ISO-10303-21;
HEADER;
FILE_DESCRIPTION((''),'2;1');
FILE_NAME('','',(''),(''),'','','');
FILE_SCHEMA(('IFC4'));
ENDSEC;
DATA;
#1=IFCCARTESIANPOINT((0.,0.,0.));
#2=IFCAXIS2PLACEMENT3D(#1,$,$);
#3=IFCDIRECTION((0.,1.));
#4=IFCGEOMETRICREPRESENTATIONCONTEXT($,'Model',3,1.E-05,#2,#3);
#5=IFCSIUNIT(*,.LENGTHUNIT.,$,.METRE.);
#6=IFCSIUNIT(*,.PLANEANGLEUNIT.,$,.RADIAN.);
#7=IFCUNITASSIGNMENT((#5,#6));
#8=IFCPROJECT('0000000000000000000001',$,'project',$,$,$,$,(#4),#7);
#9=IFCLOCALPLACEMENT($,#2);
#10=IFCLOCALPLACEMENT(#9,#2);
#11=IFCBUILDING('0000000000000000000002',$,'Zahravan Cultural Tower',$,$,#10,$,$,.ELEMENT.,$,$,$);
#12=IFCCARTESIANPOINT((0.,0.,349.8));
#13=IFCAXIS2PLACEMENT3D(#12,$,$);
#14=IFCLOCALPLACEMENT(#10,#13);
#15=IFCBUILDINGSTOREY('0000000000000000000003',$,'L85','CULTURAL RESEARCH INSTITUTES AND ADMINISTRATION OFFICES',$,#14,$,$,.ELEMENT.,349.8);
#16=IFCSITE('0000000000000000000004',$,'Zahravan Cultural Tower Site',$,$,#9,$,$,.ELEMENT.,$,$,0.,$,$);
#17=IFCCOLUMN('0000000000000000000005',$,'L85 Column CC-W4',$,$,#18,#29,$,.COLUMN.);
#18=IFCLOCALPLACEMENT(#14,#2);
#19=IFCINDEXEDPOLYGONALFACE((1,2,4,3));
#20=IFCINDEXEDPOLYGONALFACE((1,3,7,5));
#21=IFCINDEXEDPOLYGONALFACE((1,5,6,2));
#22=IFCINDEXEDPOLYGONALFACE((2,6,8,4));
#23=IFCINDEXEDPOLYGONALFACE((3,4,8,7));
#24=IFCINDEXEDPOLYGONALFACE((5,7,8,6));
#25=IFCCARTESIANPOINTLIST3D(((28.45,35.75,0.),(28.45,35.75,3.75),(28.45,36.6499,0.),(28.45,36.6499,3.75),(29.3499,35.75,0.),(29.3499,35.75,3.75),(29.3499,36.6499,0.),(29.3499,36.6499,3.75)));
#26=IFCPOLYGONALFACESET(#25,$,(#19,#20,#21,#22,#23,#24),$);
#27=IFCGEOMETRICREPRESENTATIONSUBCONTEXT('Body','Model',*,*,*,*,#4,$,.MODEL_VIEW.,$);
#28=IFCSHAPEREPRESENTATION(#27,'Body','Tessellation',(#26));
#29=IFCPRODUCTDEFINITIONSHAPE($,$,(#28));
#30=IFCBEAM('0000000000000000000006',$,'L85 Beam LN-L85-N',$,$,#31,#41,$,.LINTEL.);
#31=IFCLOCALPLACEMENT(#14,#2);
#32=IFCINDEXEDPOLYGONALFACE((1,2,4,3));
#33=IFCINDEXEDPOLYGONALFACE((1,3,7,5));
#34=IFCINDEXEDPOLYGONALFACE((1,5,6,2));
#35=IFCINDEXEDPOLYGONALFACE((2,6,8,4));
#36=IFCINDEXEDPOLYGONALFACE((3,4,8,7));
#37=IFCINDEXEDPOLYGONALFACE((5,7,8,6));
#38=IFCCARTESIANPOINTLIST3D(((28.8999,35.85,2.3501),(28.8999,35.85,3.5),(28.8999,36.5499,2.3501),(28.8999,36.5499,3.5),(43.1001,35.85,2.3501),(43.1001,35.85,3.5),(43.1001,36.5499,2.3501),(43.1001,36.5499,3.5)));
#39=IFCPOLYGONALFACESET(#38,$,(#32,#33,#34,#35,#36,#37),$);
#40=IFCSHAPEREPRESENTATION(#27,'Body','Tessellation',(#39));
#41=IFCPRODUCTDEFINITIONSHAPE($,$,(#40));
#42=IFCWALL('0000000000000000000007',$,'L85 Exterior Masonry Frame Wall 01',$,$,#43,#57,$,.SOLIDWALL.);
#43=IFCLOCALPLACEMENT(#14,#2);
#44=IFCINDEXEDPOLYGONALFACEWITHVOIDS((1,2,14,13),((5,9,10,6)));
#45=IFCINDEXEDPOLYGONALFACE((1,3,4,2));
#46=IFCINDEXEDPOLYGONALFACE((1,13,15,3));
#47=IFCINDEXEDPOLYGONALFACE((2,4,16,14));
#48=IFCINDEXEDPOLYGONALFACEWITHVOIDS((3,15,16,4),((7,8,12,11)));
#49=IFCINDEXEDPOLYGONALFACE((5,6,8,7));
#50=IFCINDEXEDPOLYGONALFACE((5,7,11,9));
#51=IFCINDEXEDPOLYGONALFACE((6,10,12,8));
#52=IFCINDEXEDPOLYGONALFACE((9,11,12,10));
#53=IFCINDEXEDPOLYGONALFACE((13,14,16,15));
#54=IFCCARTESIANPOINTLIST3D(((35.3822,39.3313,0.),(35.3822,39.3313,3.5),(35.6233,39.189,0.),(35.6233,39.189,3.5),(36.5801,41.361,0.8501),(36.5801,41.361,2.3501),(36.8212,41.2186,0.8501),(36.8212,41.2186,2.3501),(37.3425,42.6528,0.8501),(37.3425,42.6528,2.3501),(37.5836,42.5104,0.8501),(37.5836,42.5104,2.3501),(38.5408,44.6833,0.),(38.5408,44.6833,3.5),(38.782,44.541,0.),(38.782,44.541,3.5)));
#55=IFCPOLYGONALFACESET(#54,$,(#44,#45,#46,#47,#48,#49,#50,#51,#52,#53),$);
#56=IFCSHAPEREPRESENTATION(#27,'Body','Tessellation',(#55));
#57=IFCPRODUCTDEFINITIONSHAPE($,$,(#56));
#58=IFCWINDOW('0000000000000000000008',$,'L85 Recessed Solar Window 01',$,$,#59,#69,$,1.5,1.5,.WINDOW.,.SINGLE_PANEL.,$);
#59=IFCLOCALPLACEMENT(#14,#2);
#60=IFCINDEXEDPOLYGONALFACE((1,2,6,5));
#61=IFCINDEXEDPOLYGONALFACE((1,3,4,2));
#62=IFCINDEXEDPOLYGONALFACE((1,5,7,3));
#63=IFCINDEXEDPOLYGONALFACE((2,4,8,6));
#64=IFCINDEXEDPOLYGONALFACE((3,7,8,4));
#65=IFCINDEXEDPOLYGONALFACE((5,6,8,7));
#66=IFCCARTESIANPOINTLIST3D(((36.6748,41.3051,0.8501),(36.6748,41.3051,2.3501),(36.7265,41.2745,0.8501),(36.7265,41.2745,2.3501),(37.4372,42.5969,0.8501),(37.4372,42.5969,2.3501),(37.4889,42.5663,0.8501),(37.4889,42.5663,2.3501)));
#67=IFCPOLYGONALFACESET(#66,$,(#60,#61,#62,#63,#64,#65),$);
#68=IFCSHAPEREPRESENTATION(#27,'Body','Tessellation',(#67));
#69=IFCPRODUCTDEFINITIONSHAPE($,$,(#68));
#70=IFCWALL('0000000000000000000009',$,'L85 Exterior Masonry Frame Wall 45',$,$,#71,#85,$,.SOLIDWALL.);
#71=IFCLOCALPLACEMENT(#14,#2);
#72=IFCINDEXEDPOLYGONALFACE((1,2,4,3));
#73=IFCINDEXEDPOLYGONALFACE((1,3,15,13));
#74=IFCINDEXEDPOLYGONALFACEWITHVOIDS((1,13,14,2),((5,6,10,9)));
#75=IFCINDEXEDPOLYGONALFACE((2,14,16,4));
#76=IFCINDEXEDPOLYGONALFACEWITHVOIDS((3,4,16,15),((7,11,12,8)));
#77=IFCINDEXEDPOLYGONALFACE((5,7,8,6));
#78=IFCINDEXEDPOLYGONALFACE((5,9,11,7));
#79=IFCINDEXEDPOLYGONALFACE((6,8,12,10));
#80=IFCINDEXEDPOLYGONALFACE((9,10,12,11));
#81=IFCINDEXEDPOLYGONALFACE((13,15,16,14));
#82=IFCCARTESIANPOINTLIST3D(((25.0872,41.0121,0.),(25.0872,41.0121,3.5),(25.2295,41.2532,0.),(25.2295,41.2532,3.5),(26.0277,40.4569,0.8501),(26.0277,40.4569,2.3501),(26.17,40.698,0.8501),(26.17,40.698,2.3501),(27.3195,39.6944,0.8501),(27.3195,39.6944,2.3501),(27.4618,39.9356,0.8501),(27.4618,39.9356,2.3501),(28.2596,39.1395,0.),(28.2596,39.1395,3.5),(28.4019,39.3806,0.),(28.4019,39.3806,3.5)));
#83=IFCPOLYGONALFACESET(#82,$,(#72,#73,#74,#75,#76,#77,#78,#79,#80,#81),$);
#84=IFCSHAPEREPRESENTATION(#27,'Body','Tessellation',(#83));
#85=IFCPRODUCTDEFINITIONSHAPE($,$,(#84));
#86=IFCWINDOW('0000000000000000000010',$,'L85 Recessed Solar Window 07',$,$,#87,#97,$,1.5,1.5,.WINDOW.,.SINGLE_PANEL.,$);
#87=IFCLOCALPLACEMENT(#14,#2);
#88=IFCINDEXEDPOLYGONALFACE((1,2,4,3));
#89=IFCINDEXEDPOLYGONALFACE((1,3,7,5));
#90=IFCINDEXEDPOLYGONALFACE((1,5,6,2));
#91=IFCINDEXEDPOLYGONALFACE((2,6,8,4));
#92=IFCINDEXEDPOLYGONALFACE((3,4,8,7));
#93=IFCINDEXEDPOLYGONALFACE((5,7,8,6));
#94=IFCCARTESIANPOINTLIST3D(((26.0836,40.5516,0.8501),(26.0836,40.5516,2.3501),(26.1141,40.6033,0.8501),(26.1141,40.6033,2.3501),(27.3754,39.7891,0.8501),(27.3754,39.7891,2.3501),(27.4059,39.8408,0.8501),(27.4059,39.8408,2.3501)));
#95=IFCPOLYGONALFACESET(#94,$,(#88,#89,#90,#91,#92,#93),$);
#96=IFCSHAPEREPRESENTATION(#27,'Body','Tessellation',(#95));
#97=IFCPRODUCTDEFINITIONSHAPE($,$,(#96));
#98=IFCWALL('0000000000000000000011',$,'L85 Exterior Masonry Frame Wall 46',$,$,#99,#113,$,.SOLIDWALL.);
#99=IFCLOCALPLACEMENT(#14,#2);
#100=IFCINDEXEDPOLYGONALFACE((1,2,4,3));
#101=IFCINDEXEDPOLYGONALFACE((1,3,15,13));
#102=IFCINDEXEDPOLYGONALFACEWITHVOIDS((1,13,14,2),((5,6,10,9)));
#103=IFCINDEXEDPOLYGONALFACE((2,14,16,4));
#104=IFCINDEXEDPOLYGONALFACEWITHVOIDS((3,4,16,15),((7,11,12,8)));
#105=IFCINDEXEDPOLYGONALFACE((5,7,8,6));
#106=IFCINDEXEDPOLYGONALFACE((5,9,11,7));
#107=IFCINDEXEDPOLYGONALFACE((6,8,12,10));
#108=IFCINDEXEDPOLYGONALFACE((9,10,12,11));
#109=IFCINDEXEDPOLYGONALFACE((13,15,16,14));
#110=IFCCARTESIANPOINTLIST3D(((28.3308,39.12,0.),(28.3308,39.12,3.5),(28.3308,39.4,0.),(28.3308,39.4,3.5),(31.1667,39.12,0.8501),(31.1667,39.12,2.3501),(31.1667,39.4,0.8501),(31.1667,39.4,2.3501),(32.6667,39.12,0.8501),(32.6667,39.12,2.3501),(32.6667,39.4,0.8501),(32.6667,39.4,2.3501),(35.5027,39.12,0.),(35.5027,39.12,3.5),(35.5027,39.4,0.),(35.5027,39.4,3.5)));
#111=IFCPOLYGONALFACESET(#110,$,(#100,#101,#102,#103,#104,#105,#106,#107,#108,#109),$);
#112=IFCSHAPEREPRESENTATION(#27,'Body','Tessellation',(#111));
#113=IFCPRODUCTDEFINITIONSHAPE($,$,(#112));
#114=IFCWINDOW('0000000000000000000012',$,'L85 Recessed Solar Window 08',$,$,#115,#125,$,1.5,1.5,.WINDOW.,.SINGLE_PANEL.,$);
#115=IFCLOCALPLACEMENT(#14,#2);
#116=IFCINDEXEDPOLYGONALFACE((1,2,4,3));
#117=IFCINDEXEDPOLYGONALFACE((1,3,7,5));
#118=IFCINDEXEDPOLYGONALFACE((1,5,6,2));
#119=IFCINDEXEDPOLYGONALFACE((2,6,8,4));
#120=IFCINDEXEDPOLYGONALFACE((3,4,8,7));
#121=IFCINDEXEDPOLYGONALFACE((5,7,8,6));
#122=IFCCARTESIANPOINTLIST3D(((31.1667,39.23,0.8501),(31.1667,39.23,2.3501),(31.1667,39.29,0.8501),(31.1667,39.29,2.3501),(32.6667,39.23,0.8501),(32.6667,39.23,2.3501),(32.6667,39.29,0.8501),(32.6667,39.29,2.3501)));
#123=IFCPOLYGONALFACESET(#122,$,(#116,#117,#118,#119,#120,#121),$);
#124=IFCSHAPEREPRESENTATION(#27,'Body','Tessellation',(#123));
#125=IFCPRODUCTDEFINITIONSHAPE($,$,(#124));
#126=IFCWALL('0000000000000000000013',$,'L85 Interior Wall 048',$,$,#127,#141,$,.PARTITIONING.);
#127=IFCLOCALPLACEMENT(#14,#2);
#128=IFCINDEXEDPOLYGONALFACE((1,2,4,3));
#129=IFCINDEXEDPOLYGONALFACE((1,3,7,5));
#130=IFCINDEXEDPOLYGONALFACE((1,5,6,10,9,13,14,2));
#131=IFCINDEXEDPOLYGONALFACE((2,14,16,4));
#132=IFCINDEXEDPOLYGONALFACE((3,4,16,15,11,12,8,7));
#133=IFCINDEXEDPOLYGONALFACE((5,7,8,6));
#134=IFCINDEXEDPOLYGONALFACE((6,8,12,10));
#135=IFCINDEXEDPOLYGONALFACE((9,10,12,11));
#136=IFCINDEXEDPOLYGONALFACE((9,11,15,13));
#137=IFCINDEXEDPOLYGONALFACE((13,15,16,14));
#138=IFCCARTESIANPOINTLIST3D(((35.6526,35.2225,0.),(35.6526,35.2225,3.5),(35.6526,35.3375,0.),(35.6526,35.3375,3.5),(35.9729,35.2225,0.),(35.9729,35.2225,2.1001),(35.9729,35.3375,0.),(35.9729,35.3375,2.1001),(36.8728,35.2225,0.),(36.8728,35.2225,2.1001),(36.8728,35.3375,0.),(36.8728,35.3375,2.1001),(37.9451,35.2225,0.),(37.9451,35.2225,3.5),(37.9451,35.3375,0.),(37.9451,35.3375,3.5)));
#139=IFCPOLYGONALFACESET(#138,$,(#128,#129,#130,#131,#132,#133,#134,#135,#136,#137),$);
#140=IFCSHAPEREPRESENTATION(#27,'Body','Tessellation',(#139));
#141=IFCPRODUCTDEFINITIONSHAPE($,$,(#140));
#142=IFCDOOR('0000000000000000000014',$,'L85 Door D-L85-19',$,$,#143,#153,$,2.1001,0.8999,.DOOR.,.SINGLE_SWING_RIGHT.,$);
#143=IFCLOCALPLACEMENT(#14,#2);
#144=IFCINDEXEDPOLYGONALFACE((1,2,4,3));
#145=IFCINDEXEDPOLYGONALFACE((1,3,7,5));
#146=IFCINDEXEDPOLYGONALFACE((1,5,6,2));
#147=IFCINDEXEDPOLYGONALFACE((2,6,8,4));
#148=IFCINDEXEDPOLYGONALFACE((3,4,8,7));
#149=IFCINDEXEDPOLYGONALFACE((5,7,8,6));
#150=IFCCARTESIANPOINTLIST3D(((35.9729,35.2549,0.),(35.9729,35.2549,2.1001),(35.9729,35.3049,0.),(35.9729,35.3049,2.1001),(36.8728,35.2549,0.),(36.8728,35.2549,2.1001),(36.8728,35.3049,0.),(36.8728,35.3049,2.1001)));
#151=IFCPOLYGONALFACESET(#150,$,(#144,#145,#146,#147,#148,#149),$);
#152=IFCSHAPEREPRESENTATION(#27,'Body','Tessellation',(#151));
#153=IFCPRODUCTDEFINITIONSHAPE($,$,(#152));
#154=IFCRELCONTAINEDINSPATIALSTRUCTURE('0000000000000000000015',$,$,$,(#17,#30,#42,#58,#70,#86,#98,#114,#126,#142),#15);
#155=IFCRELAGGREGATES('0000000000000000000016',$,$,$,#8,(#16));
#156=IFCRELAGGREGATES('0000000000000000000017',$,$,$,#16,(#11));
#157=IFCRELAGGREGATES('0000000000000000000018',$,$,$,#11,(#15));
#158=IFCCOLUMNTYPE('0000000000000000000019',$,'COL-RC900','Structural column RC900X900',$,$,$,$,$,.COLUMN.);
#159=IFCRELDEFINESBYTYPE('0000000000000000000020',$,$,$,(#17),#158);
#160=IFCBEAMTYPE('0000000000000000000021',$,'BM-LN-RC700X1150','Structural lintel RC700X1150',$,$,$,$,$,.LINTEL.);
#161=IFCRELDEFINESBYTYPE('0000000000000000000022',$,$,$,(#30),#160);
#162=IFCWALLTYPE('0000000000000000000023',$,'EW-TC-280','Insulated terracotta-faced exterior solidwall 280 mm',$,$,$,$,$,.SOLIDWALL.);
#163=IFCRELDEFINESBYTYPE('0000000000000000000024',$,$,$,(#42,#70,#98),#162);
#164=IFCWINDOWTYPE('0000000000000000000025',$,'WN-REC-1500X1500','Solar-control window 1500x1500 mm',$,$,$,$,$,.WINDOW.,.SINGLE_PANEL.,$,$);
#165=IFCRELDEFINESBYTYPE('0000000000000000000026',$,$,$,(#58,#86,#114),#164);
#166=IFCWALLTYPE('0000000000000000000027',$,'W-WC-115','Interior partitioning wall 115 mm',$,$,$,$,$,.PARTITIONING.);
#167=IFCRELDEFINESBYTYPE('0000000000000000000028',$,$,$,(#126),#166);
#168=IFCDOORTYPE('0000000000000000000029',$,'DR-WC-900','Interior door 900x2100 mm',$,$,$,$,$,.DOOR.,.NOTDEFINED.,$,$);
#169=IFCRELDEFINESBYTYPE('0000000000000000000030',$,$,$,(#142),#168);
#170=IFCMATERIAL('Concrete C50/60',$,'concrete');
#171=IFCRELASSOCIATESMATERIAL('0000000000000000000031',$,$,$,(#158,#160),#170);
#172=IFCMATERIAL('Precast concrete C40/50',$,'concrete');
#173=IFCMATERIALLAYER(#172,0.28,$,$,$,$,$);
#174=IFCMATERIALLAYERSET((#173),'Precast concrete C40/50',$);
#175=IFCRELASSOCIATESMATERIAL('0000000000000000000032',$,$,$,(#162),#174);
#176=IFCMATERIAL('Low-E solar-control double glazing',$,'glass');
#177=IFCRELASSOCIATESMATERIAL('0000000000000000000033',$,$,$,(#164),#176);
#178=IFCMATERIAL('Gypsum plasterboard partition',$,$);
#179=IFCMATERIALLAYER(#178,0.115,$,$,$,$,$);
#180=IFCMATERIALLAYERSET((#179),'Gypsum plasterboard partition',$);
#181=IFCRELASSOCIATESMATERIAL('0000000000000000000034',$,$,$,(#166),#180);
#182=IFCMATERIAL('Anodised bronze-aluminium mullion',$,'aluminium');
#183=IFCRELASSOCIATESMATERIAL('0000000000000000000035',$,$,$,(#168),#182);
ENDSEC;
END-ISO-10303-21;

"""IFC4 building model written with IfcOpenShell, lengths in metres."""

from ifc_helpers import new_model, si_unit, direction, frame, frame_2d, origin, origin_2d, place, context, subcontext, project, spatial, rectangle, extrude, source, transform, mapped, material, layer, layer_set, material_profile, profile_set, type_object, element, fill, save


model = new_model("IFC4")

# Units and contexts
model_context = context("Model", 3, precision=1e-05, world=origin(), true_north=direction((0.0, 1.0)))
body_context = subcontext(model_context, "Body", "Model", "MODEL_VIEW")
ifc_project = project(units=[si_unit("LENGTHUNIT", "METRE"), si_unit("PLANEANGLEUNIT", "RADIAN")], contexts=[model_context])

# Site, building, storey
site_placement = place(None, origin())
site = spatial("IfcSite", under=ifc_project, at=site_placement, Name="Zahravan Cultural Tower Site", CompositionType="ELEMENT", RefElevation=0.0)
building_placement = place(site_placement, origin())
building = spatial("IfcBuilding", under=site, at=building_placement, Name="Zahravan Cultural Tower", CompositionType="ELEMENT")
storey_placement = place(building_placement, frame((0.0, 0.0, 349.8)))
storey = spatial("IfcBuildingStorey", under=building, at=storey_placement, Name="L85", Description="CULTURAL RESEARCH INSTITUTES AND ADMINISTRATION OFFICES", CompositionType="ELEMENT", Elevation=349.8)

# Column
ifc_material_1 = material(Name="Concrete C50/60", Category="concrete")
ifc_material_profile_1 = material_profile(ifc_material_1, rectangle(XDim=0.8999, YDim=0.8999, at=origin_2d()), Name="RC900X900")
ifc_profile_set_1 = profile_set([ifc_material_profile_1], Name="Concrete C50/60")
column_type = type_object("IfcColumnType", Name="COL-RC900", Description="Structural column RC900X900", PredefinedType="COLUMN", material=ifc_profile_set_1)
shared_shape_1 = source(origin(), body_context, "Body", "SweptSolid", [
    extrude(rectangle(XDim=0.8999, YDim=0.8999, at=origin_2d()), origin(), (0.0, 0.0, 1.0), 3.75),
])
column_placement = place(storey_placement, frame((28.8999, 36.2, 0.0), z_axis=(0.0, 0.0, 1.0), x_axis=(1.0, 0.0, 0.0)))
element("IfcColumn", 1, at=column_placement, inside=storey, type_object=column_type, Name="L85 Column CC-W4", PredefinedType="COLUMN", context=body_context, shape_type="MappedRepresentation", body=[
    mapped(shared_shape_1, transform((0.0, 0.0, 0.0), x_axis=(1.0, 0.0, 0.0), y_axis=(0.0, 1.0, 0.0), z_axis=(0.0, 0.0, 1.0), scale=1.0)),
])

# Beam
ifc_material_profile_2 = material_profile(ifc_material_1, rectangle(XDim=0.7, YDim=1.1499, at=origin_2d()), Name="RC700X1150")
ifc_profile_set_2 = profile_set([ifc_material_profile_2], Name="Concrete C50/60")
beam_type = type_object("IfcBeamType", Name="BM-LN-RC700X1150", Description="Structural lintel RC700X1150", PredefinedType="LINTEL", material=ifc_profile_set_2)
shared_shape_2 = source(origin(), body_context, "Body", "SweptSolid", [
    extrude(rectangle(XDim=0.7, YDim=1.1499, at=origin_2d()), origin(), (0.0, 0.0, 1.0), 14.2002),
])
beam_placement = place(storey_placement, frame((28.8999, 36.2, 2.925), z_axis=(1.0, 0.0, 0.0), x_axis=(0.0, 1.0, 0.0)))
element("IfcBeam", 2, at=beam_placement, inside=storey, type_object=beam_type, Name="L85 Beam LN-L85-N", PredefinedType="LINTEL", context=body_context, shape_type="MappedRepresentation", body=[
    mapped(shared_shape_2, transform((0.0, 0.0, 0.0), x_axis=(1.0, 0.0, 0.0), y_axis=(0.0, 1.0, 0.0), z_axis=(0.0, 0.0, 1.0), scale=1.0)),
])

# Walls, openings, windows
ifc_material_2 = material(Name="Precast concrete C40/50", Category="concrete")
ifc_layer_1 = layer(ifc_material_2, 0.28)
ifc_layer_set_1 = layer_set([ifc_layer_1], Name="Precast concrete C40/50")
wall_type_1 = type_object("IfcWallType", Name="EW-TC-280", Description="Insulated terracotta-faced exterior solidwall 280 mm", PredefinedType="SOLIDWALL", material=ifc_layer_set_1)
wall_1_placement = place(storey_placement, frame((35.5027, 39.26, 0.0), z_axis=(0.0, 0.0, 1.0), x_axis=(0.508266, 0.8612, 0.0)))
wall_1 = element("IfcWall", 3, at=wall_1_placement, inside=storey, type_object=wall_type_1, Name="L85 Exterior Masonry Frame Wall 01", PredefinedType="SOLIDWALL", context=body_context, shape_type="SweptSolid", body=[
    extrude(rectangle(XDim=6.2146, YDim=0.28, at=frame_2d((3.1074, 0.0))), origin(), (0.0, 0.0, 1.0), 3.5),
])
opening_1_placement = place(wall_1_placement, frame((2.3569, 0.0, 0.8501)))
opening_1 = element("IfcOpeningElement", 4, at=opening_1_placement, cuts=wall_1, PredefinedType="OPENING", context=body_context, shape_type="SweptSolid", body=[
    extrude(rectangle(XDim=1.5, YDim=1.5, at=frame_2d((0.75, 0.75))), frame((0.0, 0.1499, 0.0), z_axis=(0.0, -1.0, 0.0), x_axis=(1.0, 0.0, 0.0)), (0.0, 0.0, 1.0), 0.3),
])
ifc_material_3 = material(Name="Low-E solar-control double glazing", Category="glass")
window_type = type_object("IfcWindowType", Name="WN-REC-1500X1500", Description="Solar-control window 1500x1500 mm", PartitioningType="SINGLE_PANEL", PredefinedType="WINDOW", material=ifc_material_3)
shared_shape_3 = source(origin(), body_context, "Body", "SweptSolid", [
    extrude(rectangle(XDim=1.5, YDim=1.5, at=frame_2d((0.75, 0.75))), frame((0.0, 0.03, 0.0), z_axis=(0.0, -1.0, 0.0), x_axis=(1.0, 0.0, 0.0)), (0.0, 0.0, 1.0), 0.0601),
])
window_1_placement = place(opening_1_placement, origin())
window_1 = element("IfcWindow", 5, at=window_1_placement, inside=storey, type_object=window_type, Name="L85 Recessed Solar Window 01", OverallHeight=1.5, OverallWidth=1.5, PartitioningType="SINGLE_PANEL", PredefinedType="WINDOW", context=body_context, shape_type="MappedRepresentation", body=[
    mapped(shared_shape_3, transform((0.0, 0.0, 0.0), x_axis=(1.0, 0.0, 0.0), y_axis=(0.0, 1.0, 0.0), z_axis=(0.0, 0.0, 1.0), scale=1.0)),
])
fill(opening_1, window_1)
wall_2_placement = place(storey_placement, frame((25.1584, 41.1326, 0.0), z_axis=(0.0, 0.0, 1.0), x_axis=(0.861167, -0.508323, 0.0)))
wall_2 = element("IfcWall", 6, at=wall_2_placement, inside=storey, type_object=wall_type_1, Name="L85 Exterior Masonry Frame Wall 45", PredefinedType="SOLIDWALL", context=body_context, shape_type="SweptSolid", body=[
    extrude(rectangle(XDim=3.6838, YDim=0.28, at=frame_2d((1.8418, 0.0))), origin(), (0.0, 0.0, 1.0), 3.5),
])
opening_2_placement = place(wall_2_placement, frame((1.092, 0.0, 0.8501)))
opening_2 = element("IfcOpeningElement", 7, at=opening_2_placement, cuts=wall_2, PredefinedType="OPENING", context=body_context, shape_type="SweptSolid", body=[
    extrude(rectangle(XDim=1.5, YDim=1.5, at=frame_2d((0.75, 0.75))), frame((0.0, 0.1499, 0.0), z_axis=(0.0, -1.0, 0.0), x_axis=(1.0, 0.0, 0.0)), (0.0, 0.0, 1.0), 0.3),
])
window_2_placement = place(opening_2_placement, origin())
window_2 = element("IfcWindow", 8, at=window_2_placement, inside=storey, type_object=window_type, Name="L85 Recessed Solar Window 07", OverallHeight=1.5, OverallWidth=1.5, PartitioningType="SINGLE_PANEL", PredefinedType="WINDOW", context=body_context, shape_type="MappedRepresentation", body=[
    mapped(shared_shape_3, transform((0.0, 0.0, 0.0), x_axis=(1.0, 0.0, 0.0), y_axis=(0.0, 1.0, 0.0), z_axis=(0.0, 0.0, 1.0), scale=1.0)),
])
fill(opening_2, window_2)
wall_3_placement = place(storey_placement, frame((28.3308, 39.26, 0.0), z_axis=(0.0, 0.0, 1.0), x_axis=(1.0, 0.0, 0.0)))
wall_3 = element("IfcWall", 9, at=wall_3_placement, inside=storey, type_object=wall_type_1, Name="L85 Exterior Masonry Frame Wall 46", PredefinedType="SOLIDWALL", context=body_context, shape_type="SweptSolid", body=[
    extrude(rectangle(XDim=7.1719, YDim=0.28, at=frame_2d((3.5859, 0.0))), origin(), (0.0, 0.0, 1.0), 3.5),
])
opening_3_placement = place(wall_3_placement, frame((2.8359, 0.0, 0.8501)))
opening_3 = element("IfcOpeningElement", 10, at=opening_3_placement, cuts=wall_3, PredefinedType="OPENING", context=body_context, shape_type="SweptSolid", body=[
    extrude(rectangle(XDim=1.5, YDim=1.5, at=frame_2d((0.75, 0.75))), frame((0.0, 0.1499, 0.0), z_axis=(0.0, -1.0, 0.0), x_axis=(1.0, 0.0, 0.0)), (0.0, 0.0, 1.0), 0.3),
])
window_3_placement = place(opening_3_placement, origin())
window_3 = element("IfcWindow", 11, at=window_3_placement, inside=storey, type_object=window_type, Name="L85 Recessed Solar Window 08", OverallHeight=1.5, OverallWidth=1.5, PartitioningType="SINGLE_PANEL", PredefinedType="WINDOW", context=body_context, shape_type="MappedRepresentation", body=[
    mapped(shared_shape_3, transform((0.0, 0.0, 0.0), x_axis=(1.0, 0.0, 0.0), y_axis=(0.0, 1.0, 0.0), z_axis=(0.0, 0.0, 1.0), scale=1.0)),
])
fill(opening_3, window_3)

# Wall, opening, door
ifc_material_4 = material(Name="Gypsum plasterboard partition")
ifc_layer_2 = layer(ifc_material_4, 0.115)
ifc_layer_set_2 = layer_set([ifc_layer_2], Name="Gypsum plasterboard partition")
wall_type_2 = type_object("IfcWallType", Name="W-WC-115", Description="Interior partitioning wall 115 mm", PredefinedType="PARTITIONING", material=ifc_layer_set_2)
wall_4_placement = place(storey_placement, frame((35.6526, 35.28, 0.0), z_axis=(0.0, 0.0, 1.0), x_axis=(1.0, 0.0, 0.0)))
wall_4 = element("IfcWall", 12, at=wall_4_placement, inside=storey, type_object=wall_type_2, Name="L85 Interior Wall 048", PredefinedType="PARTITIONING", context=body_context, shape_type="SweptSolid", body=[
    extrude(rectangle(XDim=2.2925, YDim=0.115, at=frame_2d((1.1462, 0.0))), origin(), (0.0, 0.0, 1.0), 3.5),
])
opening_4_placement = place(wall_4_placement, frame((0.3203, 0.0, 0.0)))
opening_4 = element("IfcOpeningElement", 13, at=opening_4_placement, cuts=wall_4, PredefinedType="OPENING", context=body_context, shape_type="SweptSolid", body=[
    extrude(rectangle(XDim=0.8999, YDim=2.1001, at=frame_2d((0.45, 1.05))), frame((0.0, 0.0674, 0.0), z_axis=(0.0, -1.0, 0.0), x_axis=(1.0, 0.0, 0.0)), (0.0, 0.0, 1.0), 0.135),
])
ifc_material_5 = material(Name="Anodised bronze-aluminium mullion", Category="aluminium")
door_type_1 = type_object("IfcDoorType", Name="DR-WC-900", Description="Interior door 900x2100 mm", OperationType="NOTDEFINED", PredefinedType="DOOR", material=ifc_material_5)
shared_shape_4 = source(origin(), body_context, "Body", "SweptSolid", [
    extrude(rectangle(XDim=0.8999, YDim=2.1001, at=frame_2d((0.45, 1.05))), frame((0.0, 0.0249, 0.0), z_axis=(0.0, -1.0, 0.0), x_axis=(1.0, 0.0, 0.0)), (0.0, 0.0, 1.0), 0.05),
])
door_1_placement = place(opening_4_placement, origin())
door_1 = element("IfcDoor", 14, at=door_1_placement, inside=storey, type_object=door_type_1, Name="L85 Door D-L85-19", OperationType="SINGLE_SWING_RIGHT", OverallHeight=2.1001, OverallWidth=0.8999, PredefinedType="DOOR", context=body_context, shape_type="MappedRepresentation", body=[
    mapped(shared_shape_4, transform((0.0, 0.0, 0.0), x_axis=(1.0, 0.0, 0.0), y_axis=(0.0, 1.0, 0.0), z_axis=(0.0, 0.0, 1.0), scale=1.0)),
])
fill(opening_4, door_1)

save(model, "model.ifc")
